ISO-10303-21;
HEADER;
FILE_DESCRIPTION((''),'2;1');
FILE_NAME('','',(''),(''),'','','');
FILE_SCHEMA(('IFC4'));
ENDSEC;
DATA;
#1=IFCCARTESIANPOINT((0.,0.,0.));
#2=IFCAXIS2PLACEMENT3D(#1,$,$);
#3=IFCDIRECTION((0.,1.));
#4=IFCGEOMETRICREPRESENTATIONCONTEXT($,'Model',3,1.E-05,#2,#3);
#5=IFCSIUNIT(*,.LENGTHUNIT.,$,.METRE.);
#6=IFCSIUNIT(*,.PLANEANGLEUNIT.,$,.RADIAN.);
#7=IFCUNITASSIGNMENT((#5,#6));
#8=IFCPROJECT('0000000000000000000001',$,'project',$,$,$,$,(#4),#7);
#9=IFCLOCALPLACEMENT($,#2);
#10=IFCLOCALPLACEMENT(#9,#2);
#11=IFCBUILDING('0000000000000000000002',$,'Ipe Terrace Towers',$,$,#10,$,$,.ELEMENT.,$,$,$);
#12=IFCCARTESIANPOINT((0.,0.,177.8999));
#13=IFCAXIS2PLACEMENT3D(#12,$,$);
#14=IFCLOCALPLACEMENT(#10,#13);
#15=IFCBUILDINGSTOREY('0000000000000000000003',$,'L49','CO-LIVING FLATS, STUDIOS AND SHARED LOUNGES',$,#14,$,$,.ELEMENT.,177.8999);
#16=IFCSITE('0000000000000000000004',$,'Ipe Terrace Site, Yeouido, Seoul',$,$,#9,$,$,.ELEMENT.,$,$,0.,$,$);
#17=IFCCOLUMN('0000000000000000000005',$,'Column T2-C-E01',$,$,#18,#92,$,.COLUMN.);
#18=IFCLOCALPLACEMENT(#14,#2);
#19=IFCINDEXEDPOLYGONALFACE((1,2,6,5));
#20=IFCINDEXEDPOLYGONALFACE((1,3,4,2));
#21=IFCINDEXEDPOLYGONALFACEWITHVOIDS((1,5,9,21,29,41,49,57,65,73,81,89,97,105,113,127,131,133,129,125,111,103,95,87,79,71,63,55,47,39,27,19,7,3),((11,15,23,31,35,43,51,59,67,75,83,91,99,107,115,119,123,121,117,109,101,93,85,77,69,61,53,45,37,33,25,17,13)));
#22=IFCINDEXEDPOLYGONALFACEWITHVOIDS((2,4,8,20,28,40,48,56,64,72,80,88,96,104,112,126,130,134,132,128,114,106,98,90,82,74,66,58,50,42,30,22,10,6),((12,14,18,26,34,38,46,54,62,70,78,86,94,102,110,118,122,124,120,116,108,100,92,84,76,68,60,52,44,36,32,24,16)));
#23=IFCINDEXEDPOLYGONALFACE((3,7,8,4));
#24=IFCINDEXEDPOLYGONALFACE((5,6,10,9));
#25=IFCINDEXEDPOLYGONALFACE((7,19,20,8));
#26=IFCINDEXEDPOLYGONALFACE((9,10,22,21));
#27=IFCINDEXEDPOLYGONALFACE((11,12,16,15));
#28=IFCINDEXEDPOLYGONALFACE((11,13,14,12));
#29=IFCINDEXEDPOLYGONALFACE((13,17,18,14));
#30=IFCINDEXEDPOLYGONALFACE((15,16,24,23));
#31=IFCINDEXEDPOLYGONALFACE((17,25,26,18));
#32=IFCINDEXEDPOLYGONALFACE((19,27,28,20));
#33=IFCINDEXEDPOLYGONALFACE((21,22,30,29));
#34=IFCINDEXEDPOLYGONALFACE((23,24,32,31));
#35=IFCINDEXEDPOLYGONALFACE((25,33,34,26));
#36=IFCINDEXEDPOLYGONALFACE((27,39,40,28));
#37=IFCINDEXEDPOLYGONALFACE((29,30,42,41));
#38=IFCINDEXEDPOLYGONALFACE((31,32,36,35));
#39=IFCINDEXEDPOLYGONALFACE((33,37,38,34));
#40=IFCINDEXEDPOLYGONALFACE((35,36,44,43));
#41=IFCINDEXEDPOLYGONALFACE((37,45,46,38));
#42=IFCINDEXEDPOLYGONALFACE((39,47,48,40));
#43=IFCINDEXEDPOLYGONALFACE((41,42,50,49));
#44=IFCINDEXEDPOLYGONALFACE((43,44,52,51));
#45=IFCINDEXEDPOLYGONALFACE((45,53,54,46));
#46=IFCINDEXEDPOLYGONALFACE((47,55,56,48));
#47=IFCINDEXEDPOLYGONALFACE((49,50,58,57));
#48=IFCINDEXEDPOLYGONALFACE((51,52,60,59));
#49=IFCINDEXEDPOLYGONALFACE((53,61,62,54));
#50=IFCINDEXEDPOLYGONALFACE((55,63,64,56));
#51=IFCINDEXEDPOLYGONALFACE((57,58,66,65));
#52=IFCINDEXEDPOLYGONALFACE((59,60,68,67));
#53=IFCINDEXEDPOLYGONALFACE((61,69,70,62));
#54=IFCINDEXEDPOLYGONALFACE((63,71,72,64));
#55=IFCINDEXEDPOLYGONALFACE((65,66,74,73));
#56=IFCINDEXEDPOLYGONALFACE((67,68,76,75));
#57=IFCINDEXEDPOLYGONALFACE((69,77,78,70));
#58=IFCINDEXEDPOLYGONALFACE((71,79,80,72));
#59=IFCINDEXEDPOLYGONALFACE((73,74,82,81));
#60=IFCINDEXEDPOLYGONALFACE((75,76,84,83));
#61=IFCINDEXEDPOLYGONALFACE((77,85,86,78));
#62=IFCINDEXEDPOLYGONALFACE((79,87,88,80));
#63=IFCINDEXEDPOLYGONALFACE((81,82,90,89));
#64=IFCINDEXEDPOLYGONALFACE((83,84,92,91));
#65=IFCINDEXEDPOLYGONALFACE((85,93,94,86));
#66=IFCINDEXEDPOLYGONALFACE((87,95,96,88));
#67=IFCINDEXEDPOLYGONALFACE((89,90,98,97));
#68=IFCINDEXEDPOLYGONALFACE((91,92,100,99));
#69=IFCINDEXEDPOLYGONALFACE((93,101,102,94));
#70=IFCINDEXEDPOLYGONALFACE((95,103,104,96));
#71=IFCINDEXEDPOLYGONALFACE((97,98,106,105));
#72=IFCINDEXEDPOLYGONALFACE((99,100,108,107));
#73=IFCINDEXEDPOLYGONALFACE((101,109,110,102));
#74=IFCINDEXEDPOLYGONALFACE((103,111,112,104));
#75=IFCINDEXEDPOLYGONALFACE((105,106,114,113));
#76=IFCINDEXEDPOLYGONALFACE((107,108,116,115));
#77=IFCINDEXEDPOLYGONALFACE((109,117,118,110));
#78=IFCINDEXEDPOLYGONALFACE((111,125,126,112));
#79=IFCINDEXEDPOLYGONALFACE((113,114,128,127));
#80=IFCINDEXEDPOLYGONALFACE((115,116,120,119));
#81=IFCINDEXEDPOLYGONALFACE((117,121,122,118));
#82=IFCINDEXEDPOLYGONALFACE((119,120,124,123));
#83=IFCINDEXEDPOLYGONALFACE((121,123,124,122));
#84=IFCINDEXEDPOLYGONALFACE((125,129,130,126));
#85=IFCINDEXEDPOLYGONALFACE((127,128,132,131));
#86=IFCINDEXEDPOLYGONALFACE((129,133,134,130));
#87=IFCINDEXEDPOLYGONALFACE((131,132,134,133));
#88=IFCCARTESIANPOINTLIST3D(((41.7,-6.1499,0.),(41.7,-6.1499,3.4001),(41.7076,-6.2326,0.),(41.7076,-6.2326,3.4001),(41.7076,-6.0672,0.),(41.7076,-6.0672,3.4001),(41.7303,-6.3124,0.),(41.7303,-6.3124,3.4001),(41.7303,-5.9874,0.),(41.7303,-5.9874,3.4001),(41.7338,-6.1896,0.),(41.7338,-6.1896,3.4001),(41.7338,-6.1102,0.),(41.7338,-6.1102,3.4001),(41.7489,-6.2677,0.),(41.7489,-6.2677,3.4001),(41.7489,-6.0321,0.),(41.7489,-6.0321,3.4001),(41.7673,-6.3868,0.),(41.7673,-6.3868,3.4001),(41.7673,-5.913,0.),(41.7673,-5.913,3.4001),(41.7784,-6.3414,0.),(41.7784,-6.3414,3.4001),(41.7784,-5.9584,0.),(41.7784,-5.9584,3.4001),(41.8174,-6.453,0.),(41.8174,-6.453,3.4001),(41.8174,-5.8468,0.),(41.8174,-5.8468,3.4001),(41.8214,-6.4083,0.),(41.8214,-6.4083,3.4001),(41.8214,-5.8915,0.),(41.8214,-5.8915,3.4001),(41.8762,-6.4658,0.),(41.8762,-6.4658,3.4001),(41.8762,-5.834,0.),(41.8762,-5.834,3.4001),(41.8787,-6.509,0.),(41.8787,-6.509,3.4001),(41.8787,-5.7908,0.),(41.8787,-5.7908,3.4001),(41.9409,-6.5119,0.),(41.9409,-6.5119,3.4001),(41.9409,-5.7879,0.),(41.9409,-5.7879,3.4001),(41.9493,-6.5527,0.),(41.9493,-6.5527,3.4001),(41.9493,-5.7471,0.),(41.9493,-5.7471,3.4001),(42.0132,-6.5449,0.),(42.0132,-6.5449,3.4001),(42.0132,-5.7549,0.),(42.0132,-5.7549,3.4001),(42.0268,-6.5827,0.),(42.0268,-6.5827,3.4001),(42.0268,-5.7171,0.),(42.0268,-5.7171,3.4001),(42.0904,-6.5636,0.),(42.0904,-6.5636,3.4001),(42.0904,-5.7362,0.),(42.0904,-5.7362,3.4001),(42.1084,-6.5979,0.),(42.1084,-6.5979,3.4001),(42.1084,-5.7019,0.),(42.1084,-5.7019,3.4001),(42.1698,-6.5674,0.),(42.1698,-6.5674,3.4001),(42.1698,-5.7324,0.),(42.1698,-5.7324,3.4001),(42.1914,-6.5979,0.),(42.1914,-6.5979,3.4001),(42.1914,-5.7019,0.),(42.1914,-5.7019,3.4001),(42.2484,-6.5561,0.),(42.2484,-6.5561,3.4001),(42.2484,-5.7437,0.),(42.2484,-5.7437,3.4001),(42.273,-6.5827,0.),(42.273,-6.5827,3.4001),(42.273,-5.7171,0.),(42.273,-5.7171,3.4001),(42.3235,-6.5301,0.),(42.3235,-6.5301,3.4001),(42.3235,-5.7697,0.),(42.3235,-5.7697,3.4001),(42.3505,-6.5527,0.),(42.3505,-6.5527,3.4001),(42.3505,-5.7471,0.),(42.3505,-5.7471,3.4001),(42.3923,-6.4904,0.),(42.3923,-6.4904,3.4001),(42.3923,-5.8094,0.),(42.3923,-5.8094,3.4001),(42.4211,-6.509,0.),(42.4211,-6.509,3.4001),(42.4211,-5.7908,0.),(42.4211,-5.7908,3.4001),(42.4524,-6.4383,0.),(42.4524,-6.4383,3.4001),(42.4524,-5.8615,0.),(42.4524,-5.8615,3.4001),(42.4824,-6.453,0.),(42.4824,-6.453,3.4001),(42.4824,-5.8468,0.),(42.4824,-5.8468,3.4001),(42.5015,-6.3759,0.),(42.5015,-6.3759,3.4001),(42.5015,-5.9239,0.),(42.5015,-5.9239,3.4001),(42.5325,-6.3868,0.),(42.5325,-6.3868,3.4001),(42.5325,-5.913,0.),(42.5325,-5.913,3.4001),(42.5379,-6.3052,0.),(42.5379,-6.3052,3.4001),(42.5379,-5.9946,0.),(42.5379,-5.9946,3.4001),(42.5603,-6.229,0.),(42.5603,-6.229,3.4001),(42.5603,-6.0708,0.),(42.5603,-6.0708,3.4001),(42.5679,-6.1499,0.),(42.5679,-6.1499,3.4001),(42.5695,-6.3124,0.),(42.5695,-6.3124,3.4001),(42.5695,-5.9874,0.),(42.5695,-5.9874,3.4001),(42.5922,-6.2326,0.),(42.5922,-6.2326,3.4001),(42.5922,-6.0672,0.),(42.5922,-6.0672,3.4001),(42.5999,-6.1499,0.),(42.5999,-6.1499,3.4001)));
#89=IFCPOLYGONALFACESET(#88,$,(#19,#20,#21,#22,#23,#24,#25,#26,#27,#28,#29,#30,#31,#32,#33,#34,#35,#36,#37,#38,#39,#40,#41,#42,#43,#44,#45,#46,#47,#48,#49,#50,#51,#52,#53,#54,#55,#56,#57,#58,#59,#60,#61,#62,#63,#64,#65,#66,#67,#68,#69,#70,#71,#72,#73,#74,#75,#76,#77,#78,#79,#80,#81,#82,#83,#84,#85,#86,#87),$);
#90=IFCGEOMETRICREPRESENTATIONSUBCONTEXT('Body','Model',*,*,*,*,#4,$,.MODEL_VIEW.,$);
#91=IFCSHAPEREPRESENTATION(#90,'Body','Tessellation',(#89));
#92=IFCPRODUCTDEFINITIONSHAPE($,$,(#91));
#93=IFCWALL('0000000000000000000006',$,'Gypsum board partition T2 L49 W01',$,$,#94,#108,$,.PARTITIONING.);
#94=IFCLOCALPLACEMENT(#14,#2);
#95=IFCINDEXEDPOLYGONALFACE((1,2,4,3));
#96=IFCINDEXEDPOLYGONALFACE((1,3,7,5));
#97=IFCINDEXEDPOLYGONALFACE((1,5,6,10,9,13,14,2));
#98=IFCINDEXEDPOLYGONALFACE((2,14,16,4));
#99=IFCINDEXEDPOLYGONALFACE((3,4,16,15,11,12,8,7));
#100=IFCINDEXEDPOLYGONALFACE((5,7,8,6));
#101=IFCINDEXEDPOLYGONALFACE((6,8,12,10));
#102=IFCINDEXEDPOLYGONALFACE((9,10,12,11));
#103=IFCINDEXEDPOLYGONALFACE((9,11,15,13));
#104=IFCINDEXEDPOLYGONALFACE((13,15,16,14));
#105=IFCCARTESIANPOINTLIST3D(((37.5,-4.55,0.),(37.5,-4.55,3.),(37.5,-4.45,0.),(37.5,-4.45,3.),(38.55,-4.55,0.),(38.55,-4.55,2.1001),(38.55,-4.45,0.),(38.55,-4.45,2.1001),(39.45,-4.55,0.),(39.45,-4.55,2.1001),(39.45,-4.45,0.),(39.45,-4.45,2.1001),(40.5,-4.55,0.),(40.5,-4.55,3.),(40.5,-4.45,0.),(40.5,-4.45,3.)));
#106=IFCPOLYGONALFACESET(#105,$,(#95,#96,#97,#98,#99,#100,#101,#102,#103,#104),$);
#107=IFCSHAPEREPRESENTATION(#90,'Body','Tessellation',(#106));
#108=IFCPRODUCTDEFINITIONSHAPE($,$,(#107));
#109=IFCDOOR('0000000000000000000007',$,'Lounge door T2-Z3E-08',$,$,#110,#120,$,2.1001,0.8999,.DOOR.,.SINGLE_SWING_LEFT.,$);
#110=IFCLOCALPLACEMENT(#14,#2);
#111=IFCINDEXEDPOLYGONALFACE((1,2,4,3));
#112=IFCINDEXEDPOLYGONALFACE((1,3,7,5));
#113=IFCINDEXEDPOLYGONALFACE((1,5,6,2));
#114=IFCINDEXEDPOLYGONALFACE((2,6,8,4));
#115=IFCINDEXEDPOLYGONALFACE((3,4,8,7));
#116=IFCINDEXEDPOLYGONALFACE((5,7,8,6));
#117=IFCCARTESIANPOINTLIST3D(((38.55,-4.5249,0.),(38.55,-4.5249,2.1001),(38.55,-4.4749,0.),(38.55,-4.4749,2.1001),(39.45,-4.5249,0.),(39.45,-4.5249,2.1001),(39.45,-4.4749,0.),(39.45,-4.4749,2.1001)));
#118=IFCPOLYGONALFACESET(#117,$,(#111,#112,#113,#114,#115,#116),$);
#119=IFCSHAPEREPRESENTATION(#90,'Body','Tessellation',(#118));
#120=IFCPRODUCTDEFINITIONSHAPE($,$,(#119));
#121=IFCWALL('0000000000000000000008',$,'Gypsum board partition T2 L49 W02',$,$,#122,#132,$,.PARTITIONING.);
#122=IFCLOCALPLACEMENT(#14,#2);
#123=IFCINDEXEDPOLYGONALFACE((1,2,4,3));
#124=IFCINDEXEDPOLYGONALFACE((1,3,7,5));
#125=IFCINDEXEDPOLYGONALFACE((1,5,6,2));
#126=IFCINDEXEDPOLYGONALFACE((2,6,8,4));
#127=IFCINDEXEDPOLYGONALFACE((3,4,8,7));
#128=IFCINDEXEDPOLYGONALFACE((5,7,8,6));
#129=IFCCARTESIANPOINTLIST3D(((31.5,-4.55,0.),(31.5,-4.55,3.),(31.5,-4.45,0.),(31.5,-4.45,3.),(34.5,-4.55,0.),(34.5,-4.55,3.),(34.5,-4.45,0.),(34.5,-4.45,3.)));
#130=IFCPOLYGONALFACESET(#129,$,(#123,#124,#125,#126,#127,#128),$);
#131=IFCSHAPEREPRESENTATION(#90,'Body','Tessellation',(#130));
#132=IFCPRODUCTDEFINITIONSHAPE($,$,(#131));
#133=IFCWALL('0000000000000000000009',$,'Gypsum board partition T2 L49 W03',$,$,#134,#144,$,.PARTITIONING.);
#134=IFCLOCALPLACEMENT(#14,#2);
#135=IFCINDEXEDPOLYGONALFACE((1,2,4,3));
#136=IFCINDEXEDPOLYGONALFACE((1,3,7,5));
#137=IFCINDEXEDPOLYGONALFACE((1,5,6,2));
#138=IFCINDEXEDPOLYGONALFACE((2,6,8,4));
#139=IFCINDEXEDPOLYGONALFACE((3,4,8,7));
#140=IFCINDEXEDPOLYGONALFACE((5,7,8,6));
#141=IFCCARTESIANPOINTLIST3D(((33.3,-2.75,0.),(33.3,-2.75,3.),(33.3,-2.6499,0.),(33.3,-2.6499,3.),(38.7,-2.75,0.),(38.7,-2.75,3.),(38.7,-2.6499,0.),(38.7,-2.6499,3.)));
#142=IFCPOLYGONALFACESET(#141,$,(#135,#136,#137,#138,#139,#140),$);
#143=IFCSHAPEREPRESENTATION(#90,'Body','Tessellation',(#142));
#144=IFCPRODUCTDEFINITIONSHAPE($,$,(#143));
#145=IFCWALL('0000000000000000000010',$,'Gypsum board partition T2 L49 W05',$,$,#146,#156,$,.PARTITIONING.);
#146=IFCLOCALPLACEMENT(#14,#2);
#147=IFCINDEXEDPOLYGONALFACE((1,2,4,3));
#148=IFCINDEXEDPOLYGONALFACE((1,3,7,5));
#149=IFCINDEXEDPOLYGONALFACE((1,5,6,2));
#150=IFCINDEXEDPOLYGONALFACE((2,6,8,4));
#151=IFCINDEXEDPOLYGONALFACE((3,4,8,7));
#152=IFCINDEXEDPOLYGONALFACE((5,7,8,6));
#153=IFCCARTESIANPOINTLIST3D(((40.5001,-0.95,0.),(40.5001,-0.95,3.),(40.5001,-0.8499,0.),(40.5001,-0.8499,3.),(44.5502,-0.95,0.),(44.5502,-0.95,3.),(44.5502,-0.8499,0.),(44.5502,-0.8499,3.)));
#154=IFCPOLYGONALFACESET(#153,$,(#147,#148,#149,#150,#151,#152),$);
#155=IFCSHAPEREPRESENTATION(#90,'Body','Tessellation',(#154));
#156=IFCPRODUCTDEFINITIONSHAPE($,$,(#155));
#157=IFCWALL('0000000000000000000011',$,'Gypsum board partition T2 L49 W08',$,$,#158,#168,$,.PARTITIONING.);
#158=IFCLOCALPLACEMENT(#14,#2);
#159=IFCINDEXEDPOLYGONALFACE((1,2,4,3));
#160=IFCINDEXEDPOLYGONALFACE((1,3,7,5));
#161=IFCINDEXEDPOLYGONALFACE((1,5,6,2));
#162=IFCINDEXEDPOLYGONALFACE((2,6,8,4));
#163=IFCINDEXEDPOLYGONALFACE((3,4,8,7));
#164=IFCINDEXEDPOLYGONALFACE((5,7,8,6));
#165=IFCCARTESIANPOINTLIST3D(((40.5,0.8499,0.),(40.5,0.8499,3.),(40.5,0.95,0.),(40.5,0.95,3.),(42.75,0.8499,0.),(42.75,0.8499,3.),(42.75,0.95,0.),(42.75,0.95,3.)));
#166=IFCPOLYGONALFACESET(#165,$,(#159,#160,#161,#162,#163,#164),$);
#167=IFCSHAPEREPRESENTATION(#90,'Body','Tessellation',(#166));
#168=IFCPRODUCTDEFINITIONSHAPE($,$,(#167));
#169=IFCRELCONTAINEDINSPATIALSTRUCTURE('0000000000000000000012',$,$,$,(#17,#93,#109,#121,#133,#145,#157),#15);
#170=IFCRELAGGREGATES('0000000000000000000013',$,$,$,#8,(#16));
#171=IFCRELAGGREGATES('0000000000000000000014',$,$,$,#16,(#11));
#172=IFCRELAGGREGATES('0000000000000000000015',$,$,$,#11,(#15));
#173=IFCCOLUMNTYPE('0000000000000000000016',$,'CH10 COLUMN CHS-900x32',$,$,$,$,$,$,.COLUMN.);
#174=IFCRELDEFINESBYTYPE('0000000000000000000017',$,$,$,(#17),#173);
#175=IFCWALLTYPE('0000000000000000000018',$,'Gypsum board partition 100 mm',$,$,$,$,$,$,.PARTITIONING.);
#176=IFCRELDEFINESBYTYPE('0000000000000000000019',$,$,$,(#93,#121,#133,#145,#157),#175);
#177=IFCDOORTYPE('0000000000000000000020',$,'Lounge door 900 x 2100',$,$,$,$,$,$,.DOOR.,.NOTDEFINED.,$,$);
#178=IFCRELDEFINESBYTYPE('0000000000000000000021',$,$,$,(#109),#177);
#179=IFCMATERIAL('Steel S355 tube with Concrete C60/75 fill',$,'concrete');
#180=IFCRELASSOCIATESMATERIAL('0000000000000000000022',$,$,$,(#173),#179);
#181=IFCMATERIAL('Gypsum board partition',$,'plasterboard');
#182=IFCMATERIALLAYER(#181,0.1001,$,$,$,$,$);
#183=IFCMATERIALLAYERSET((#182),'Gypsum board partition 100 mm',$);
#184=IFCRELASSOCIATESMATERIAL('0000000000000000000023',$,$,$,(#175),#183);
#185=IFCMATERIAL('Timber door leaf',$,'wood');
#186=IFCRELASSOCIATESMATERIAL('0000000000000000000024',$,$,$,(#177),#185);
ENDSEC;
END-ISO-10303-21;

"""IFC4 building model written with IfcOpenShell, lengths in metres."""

from ifc_helpers import new_model, si_unit, direction, frame, frame_2d, origin, origin_2d, place, context, subcontext, project, spatial, rectangle, hollow_circle, extrude, material, layer, layer_set, material_profile, profile_set, type_object, element, fill, save


model = new_model("IFC4")

# Units and contexts
model_context = context("Model", 3, precision=1e-05, world=origin(), true_north=direction((0.0, 1.0)))
body_context = subcontext(model_context, "Body", "Model", "MODEL_VIEW")
ifc_project = project(units=[si_unit("LENGTHUNIT", "METRE"), si_unit("PLANEANGLEUNIT", "RADIAN")], contexts=[model_context])

# Site, building, storey
site_placement = place(None, origin())
site = spatial("IfcSite", under=ifc_project, at=site_placement, Name="Ipe Terrace Site, Yeouido, Seoul", CompositionType="ELEMENT", RefElevation=0.0)
building_placement = place(site_placement, origin())
building = spatial("IfcBuilding", under=site, at=building_placement, Name="Ipe Terrace Towers", CompositionType="ELEMENT")
storey_placement = place(building_placement, frame((0.0, 0.0, 177.8999)))
storey = spatial("IfcBuildingStorey", under=building, at=storey_placement, Name="L49", Description="CO-LIVING FLATS, STUDIOS AND SHARED LOUNGES", CompositionType="ELEMENT", Elevation=177.8999)

# Column
ifc_material_1 = material(Name="Steel S355 tube with Concrete C60/75 fill", Category="concrete")
ifc_material_profile = material_profile(ifc_material_1, hollow_circle(Radius=0.45, WallThickness=0.032, at=origin_2d()), Name="CHS-900x32")
ifc_profile_set = profile_set([ifc_material_profile], Name="Steel S355 tube with Concrete C60/75 fill")
column_type = type_object("IfcColumnType", Name="CH10 COLUMN CHS-900x32", PredefinedType="COLUMN", material=ifc_profile_set)
column_placement = place(storey_placement, frame((42.1499, -6.1499, 0.0), z_axis=(0.0, 0.0, 1.0), x_axis=(1.0, 0.0, 0.0)))
element("IfcColumn", 1, at=column_placement, inside=storey, type_object=column_type, Name="Column T2-C-E01", PredefinedType="COLUMN", context=body_context, shape_type="SweptSolid", body=[
    extrude(hollow_circle(Radius=0.45, WallThickness=0.032, at=origin_2d()), origin(), (0.0, 0.0, 1.0), 3.4001),
])

# Wall, opening, door
ifc_material_2 = material(Name="Gypsum board partition", Category="plasterboard")
ifc_layer = layer(ifc_material_2, 0.1001)
ifc_layer_set = layer_set([ifc_layer], Name="Gypsum board partition 100 mm")
wall_type = type_object("IfcWallType", Name="Gypsum board partition 100 mm", PredefinedType="PARTITIONING", material=ifc_layer_set)
wall_1_placement = place(storey_placement, frame((40.5, -4.5, 0.0), z_axis=(0.0, 0.0, 1.0), x_axis=(-1.0, 0.0, 0.0)))
wall_1 = element("IfcWall", 2, at=wall_1_placement, inside=storey, type_object=wall_type, Name="Gypsum board partition T2 L49 W01", PredefinedType="PARTITIONING", context=body_context, shape_type="SweptSolid", body=[
    extrude(rectangle(XDim=3.0, YDim=0.1001, at=frame_2d((1.5, 0.0))), origin(), (0.0, 0.0, 1.0), 3.0),
])
opening_1_placement = place(wall_1_placement, frame((1.05, 0.0, 0.0)))
opening_1 = element("IfcOpeningElement", 3, at=opening_1_placement, cuts=wall_1, PredefinedType="OPENING", context=body_context, shape_type="SweptSolid", body=[
    extrude(rectangle(XDim=0.8999, YDim=2.1001, at=frame_2d((0.45, 1.05))), frame((0.0, 0.0601, 0.0), z_axis=(0.0, -1.0, 0.0), x_axis=(1.0, 0.0, 0.0)), (0.0, 0.0, 1.0), 0.1201),
])
ifc_material_3 = material(Name="Timber door leaf", Category="wood")
door_type = type_object("IfcDoorType", Name="Lounge door 900 x 2100", OperationType="NOTDEFINED", PredefinedType="DOOR", material=ifc_material_3)
door_1_placement = place(opening_1_placement, origin())
door_1 = element("IfcDoor", 4, at=door_1_placement, inside=storey, type_object=door_type, Name="Lounge door T2-Z3E-08", OperationType="SINGLE_SWING_LEFT", OverallHeight=2.1001, OverallWidth=0.8999, PredefinedType="DOOR", context=body_context, shape_type="SweptSolid", body=[
    extrude(rectangle(XDim=0.8999, YDim=2.1001, at=frame_2d((0.45, 1.05))), frame((0.0, 0.0249, 0.0), z_axis=(0.0, -1.0, 0.0), x_axis=(1.0, 0.0, 0.0)), (0.0, 0.0, 1.0), 0.05),
])
fill(opening_1, door_1)

# Walls
wall_2_placement = place(storey_placement, frame((34.5, -4.5, 0.0), z_axis=(0.0, 0.0, 1.0), x_axis=(-1.0, 0.0, 0.0)))
element("IfcWall", 5, at=wall_2_placement, inside=storey, type_object=wall_type, Name="Gypsum board partition T2 L49 W02", PredefinedType="PARTITIONING", context=body_context, shape_type="SweptSolid", body=[
    extrude(rectangle(XDim=3.0, YDim=0.1001, at=frame_2d((1.5, 0.0))), origin(), (0.0, 0.0, 1.0), 3.0),
])
wall_3_placement = place(storey_placement, frame((38.7, -2.7, 0.0), z_axis=(0.0, 0.0, 1.0), x_axis=(-1.0, 0.0, 0.0)))
element("IfcWall", 6, at=wall_3_placement, inside=storey, type_object=wall_type, Name="Gypsum board partition T2 L49 W03", PredefinedType="PARTITIONING", context=body_context, shape_type="SweptSolid", body=[
    extrude(rectangle(XDim=5.3999, YDim=0.1001, at=frame_2d((2.7, 0.0))), origin(), (0.0, 0.0, 1.0), 3.0),
])
wall_4_placement = place(storey_placement, frame((44.55, -0.8999, 0.0), z_axis=(0.0, 0.0, 1.0), x_axis=(-1.0, 0.0, 0.0)))
element("IfcWall", 7, at=wall_4_placement, inside=storey, type_object=wall_type, Name="Gypsum board partition T2 L49 W05", PredefinedType="PARTITIONING", context=body_context, shape_type="SweptSolid", body=[
    extrude(rectangle(XDim=4.05, YDim=0.1001, at=frame_2d((2.0249, 0.0))), origin(), (0.0, 0.0, 1.0), 3.0),
])
wall_5_placement = place(storey_placement, frame((42.75, 0.8999, 0.0), z_axis=(0.0, 0.0, 1.0), x_axis=(-1.0, 0.0, 0.0)))
element("IfcWall", 8, at=wall_5_placement, inside=storey, type_object=wall_type, Name="Gypsum board partition T2 L49 W08", PredefinedType="PARTITIONING", context=body_context, shape_type="SweptSolid", body=[
    extrude(rectangle(XDim=2.25, YDim=0.1001, at=frame_2d((1.125, 0.0))), origin(), (0.0, 0.0, 1.0), 3.0),
])

save(model, "model.ifc")
